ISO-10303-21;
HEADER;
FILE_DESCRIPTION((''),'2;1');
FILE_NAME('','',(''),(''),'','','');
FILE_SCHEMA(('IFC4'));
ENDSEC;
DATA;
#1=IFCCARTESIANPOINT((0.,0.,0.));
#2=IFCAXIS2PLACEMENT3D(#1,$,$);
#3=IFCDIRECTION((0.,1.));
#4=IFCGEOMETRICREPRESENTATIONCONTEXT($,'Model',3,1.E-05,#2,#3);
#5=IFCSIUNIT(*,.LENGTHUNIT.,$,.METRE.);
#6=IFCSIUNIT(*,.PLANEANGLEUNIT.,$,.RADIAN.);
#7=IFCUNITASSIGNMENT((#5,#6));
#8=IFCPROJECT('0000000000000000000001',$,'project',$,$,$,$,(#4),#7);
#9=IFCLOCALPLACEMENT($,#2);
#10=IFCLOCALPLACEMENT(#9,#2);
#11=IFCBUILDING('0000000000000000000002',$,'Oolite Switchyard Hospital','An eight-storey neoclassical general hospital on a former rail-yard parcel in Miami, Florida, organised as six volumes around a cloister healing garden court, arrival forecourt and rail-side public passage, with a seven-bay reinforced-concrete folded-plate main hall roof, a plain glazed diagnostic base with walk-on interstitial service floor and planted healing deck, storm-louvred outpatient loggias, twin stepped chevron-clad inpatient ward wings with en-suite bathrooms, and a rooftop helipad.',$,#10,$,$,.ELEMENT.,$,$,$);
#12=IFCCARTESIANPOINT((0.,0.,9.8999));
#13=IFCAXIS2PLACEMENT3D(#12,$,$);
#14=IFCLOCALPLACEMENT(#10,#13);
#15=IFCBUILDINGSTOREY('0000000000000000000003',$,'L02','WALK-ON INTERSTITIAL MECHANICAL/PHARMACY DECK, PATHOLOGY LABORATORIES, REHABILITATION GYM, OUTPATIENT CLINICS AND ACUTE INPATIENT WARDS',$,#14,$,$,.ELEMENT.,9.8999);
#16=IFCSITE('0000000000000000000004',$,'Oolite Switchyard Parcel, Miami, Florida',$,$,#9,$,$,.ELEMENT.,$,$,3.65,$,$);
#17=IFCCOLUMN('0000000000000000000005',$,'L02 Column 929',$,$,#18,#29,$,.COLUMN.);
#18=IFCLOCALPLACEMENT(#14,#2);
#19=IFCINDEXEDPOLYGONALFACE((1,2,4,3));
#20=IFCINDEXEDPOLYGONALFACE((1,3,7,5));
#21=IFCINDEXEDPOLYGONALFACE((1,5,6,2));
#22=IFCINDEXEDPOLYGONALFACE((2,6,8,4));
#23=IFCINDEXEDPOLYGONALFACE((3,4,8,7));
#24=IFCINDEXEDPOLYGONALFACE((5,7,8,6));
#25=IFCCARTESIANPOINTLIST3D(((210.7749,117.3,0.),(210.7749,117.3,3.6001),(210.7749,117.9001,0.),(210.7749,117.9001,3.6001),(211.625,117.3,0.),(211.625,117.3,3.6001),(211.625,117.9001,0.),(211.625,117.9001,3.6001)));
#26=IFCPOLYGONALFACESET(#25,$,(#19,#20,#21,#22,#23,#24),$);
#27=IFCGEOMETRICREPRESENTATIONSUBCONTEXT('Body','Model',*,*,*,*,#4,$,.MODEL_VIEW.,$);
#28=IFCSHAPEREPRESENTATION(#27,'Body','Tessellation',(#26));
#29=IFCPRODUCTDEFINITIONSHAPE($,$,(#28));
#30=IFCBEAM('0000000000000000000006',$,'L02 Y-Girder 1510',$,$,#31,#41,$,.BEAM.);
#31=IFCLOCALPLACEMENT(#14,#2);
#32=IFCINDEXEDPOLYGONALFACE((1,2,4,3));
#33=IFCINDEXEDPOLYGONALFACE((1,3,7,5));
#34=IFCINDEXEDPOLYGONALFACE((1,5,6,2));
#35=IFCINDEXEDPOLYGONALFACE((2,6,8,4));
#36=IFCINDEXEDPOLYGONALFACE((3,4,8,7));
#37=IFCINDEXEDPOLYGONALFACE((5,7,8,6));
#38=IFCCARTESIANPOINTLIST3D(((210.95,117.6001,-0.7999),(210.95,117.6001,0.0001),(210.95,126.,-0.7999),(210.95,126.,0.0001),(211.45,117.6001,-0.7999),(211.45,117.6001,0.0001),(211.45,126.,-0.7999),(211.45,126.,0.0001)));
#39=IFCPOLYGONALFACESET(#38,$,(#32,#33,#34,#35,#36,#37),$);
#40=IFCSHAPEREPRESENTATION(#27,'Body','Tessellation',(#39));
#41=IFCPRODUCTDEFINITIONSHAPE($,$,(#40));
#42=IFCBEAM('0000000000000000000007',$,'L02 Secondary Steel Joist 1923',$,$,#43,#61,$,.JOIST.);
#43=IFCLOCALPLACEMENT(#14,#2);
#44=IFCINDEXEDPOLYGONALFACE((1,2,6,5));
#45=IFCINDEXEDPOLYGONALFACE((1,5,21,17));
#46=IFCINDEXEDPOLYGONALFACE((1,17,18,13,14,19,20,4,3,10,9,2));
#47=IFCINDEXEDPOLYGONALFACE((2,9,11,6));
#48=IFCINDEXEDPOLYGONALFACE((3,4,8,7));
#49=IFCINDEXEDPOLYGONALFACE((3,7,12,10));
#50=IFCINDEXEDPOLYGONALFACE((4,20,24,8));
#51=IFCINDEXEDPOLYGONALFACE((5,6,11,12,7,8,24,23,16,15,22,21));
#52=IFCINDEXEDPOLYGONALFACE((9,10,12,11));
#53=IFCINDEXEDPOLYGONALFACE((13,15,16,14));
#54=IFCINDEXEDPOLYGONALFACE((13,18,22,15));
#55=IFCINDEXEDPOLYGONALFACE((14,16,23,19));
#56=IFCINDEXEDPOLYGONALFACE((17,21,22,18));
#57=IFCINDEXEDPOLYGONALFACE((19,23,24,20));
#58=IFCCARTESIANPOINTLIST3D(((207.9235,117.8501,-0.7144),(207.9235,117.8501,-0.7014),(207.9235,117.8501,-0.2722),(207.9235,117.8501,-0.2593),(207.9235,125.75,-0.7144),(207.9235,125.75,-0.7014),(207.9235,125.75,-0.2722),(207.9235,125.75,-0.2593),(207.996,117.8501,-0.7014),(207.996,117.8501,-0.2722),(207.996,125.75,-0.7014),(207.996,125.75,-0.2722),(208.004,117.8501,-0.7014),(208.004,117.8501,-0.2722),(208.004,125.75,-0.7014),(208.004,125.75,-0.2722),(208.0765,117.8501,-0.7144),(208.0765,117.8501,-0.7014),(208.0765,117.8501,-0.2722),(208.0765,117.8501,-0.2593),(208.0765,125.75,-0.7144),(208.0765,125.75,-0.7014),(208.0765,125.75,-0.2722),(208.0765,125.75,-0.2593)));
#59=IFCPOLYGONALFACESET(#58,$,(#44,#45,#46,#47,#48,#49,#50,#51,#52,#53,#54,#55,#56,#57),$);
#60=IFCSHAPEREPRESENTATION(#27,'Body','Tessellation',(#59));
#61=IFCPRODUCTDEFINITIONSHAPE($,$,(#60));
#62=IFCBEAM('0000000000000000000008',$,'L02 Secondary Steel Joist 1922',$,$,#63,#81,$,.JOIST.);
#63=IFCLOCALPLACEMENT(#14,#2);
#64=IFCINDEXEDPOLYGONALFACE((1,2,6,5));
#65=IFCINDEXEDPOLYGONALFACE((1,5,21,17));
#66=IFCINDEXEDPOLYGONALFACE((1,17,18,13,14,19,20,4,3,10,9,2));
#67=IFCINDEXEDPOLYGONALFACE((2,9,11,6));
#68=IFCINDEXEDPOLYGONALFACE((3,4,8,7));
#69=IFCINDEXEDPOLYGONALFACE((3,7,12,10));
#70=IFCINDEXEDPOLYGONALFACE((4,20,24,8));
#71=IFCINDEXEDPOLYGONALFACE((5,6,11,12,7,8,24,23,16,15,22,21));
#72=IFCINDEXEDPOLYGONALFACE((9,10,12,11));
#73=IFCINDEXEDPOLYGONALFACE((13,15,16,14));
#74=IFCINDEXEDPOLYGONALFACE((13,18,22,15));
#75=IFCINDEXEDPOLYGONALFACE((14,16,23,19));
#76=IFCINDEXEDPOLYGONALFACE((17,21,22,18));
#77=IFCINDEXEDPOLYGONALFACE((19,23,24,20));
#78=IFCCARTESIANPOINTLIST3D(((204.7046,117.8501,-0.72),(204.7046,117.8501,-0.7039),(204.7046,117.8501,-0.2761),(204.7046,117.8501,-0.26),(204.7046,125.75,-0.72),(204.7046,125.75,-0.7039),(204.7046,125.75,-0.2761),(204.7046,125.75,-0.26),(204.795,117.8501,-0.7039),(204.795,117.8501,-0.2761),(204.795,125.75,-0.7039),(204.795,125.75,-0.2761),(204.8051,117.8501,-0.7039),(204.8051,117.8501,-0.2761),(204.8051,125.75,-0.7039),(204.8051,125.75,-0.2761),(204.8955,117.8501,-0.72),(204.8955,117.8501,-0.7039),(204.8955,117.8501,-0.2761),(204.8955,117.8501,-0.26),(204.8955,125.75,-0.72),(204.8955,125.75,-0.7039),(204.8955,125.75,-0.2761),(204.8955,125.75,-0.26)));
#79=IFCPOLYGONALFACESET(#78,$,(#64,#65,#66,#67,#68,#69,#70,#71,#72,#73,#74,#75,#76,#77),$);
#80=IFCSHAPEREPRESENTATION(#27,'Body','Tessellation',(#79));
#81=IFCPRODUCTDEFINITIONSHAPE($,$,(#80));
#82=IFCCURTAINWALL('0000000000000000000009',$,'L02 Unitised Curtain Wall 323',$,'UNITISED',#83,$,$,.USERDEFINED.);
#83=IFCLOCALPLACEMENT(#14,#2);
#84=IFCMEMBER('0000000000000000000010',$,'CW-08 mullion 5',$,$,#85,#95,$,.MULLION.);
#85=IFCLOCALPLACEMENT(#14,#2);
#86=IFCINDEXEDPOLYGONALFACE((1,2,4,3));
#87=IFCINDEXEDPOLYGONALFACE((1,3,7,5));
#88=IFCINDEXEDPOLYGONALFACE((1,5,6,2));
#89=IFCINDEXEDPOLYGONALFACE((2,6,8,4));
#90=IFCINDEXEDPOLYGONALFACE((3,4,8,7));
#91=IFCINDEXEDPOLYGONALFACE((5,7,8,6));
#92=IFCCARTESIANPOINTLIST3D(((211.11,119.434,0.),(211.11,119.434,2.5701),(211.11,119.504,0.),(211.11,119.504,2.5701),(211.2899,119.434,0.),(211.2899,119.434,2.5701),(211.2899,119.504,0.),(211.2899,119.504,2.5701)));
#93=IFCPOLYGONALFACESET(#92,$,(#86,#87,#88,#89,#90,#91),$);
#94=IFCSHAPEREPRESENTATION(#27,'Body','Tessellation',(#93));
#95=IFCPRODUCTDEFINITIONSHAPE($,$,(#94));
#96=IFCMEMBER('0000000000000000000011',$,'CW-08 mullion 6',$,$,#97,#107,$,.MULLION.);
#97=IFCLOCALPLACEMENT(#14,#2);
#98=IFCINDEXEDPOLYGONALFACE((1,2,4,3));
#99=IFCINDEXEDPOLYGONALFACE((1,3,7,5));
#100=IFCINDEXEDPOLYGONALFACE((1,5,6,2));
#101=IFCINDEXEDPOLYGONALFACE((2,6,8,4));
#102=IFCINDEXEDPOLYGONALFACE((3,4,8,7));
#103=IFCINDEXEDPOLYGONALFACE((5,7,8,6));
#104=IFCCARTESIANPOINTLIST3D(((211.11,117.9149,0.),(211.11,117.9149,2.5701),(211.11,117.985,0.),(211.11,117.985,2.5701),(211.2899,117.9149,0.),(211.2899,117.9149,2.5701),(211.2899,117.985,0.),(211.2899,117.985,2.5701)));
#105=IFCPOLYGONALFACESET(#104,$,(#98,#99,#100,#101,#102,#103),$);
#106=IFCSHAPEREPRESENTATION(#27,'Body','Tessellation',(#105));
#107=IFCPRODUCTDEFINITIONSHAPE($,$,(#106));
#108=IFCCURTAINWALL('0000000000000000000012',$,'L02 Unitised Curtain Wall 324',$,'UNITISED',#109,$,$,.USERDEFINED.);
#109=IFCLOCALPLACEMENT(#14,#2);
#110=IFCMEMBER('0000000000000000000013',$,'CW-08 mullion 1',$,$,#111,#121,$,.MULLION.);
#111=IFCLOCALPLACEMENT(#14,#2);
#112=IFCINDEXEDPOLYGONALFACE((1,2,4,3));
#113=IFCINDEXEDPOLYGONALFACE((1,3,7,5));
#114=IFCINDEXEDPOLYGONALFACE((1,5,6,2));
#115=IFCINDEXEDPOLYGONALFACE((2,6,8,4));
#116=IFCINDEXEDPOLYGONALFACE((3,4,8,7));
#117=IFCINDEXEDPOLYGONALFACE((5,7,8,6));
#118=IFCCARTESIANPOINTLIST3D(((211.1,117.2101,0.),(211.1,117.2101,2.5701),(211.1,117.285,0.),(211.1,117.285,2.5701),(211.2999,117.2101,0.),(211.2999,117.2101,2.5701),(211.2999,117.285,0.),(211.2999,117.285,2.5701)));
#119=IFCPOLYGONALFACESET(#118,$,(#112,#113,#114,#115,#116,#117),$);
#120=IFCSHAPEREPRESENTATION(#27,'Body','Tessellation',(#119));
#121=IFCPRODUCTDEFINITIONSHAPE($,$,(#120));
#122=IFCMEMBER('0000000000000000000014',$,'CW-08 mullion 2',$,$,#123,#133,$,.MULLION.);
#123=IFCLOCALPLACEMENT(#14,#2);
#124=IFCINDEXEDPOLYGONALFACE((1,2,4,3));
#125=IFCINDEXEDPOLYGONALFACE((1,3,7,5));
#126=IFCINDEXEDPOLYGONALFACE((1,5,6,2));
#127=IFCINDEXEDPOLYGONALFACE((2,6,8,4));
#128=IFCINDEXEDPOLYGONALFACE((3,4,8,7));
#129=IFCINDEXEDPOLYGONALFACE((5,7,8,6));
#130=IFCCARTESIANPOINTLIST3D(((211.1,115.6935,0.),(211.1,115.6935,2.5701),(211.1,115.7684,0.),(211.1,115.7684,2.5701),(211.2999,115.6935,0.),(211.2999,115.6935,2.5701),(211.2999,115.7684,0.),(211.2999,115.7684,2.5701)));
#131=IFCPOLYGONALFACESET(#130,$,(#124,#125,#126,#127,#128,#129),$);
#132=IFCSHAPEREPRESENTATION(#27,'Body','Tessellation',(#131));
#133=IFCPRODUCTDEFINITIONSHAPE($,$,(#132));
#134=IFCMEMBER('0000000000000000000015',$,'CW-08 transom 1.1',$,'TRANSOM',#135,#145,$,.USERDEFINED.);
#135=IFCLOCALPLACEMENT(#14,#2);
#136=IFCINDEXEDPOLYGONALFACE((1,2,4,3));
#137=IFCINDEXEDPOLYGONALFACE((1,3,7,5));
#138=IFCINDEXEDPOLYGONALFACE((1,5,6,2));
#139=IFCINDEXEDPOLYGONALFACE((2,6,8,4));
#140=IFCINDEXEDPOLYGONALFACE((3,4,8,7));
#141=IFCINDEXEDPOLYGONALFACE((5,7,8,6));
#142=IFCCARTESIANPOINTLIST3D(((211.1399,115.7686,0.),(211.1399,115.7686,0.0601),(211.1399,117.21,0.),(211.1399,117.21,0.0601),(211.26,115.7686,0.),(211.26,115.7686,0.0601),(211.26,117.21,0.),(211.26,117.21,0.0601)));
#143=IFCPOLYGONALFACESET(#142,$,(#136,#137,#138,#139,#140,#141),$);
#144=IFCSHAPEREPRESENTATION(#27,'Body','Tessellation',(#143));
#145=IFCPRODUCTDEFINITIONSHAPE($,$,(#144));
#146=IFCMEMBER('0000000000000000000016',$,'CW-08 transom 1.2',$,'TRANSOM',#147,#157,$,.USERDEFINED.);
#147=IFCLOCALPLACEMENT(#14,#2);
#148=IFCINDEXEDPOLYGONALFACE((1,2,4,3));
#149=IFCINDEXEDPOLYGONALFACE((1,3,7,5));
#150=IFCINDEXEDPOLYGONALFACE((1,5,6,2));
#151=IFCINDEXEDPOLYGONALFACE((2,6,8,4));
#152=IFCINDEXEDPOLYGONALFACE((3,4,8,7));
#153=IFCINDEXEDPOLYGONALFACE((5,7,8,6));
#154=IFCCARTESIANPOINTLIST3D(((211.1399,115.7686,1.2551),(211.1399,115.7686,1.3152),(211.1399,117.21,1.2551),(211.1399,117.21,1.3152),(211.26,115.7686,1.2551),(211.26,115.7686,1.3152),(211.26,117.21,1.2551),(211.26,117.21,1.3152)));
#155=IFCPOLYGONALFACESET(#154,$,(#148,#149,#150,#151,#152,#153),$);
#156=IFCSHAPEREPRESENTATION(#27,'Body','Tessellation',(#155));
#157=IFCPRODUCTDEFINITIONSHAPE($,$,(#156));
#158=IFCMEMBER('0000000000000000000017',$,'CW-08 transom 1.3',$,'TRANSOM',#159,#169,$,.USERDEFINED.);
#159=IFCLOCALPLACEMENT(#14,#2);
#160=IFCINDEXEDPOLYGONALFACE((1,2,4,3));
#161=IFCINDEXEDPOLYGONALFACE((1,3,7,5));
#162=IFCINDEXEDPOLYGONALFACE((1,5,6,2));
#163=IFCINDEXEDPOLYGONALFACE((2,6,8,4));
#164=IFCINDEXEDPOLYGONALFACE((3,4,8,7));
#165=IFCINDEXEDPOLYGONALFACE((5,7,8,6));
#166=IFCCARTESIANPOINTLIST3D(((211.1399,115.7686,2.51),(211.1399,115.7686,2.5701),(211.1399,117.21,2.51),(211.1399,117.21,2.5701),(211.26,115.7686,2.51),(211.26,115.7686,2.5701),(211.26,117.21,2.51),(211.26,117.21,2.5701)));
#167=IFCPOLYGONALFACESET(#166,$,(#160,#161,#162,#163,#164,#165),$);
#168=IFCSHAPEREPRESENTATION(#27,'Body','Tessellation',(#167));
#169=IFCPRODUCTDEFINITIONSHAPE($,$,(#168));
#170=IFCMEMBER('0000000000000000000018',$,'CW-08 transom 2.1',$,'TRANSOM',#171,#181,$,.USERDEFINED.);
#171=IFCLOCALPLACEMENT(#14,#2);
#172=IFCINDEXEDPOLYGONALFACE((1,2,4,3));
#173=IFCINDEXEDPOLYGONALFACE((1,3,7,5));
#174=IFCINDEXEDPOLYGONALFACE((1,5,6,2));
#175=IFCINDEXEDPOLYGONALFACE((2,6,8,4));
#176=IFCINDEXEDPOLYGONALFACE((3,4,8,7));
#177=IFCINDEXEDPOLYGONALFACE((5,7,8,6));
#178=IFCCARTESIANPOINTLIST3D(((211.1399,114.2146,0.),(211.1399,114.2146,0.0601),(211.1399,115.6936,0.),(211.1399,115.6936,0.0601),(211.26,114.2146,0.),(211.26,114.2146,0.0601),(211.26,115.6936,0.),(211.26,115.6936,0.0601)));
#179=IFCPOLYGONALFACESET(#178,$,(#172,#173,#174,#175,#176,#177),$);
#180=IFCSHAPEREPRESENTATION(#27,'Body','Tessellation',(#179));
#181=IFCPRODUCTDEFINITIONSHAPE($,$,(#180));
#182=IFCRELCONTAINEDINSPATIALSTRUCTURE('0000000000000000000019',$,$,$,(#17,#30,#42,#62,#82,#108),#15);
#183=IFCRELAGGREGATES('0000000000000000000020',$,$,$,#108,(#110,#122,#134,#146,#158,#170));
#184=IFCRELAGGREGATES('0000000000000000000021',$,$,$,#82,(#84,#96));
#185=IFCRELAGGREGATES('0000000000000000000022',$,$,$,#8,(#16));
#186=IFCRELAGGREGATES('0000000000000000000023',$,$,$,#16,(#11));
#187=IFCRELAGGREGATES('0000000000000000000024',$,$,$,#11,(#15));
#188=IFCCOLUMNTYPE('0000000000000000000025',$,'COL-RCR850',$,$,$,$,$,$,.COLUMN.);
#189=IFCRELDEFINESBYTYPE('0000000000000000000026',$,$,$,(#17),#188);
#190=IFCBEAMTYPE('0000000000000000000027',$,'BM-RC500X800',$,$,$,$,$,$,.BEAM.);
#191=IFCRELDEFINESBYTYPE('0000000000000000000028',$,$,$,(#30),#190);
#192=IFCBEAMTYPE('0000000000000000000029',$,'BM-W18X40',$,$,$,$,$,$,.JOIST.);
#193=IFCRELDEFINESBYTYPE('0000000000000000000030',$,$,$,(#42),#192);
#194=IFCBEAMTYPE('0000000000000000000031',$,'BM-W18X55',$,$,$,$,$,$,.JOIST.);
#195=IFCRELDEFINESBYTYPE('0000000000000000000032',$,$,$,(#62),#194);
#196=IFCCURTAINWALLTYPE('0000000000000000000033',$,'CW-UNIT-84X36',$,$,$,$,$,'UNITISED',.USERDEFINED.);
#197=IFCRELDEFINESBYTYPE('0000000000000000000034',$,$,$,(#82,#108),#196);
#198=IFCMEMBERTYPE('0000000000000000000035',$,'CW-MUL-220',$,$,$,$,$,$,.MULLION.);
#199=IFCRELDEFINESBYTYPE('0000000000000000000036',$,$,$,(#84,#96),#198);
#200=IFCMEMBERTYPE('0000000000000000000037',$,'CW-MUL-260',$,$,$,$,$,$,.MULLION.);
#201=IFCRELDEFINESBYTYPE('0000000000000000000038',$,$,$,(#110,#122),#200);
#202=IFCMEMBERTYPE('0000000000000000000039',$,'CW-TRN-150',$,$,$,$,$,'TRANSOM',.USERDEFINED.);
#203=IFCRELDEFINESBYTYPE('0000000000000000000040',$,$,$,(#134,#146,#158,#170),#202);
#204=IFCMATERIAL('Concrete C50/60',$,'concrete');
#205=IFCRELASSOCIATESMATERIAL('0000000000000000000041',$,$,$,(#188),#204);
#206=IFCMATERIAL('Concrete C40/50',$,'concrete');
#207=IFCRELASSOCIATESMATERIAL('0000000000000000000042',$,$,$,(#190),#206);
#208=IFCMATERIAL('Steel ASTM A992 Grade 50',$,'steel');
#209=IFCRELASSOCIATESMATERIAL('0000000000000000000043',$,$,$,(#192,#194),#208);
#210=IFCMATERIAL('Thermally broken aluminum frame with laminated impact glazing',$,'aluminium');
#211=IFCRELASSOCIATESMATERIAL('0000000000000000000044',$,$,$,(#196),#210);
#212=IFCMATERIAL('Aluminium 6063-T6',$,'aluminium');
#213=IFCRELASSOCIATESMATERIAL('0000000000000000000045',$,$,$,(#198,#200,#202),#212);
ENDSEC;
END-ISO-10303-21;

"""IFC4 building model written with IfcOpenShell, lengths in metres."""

from ifc_helpers import new_model, si_unit, direction, frame, origin, origin_2d, place, context, subcontext, project, spatial, rectangle, i_section, extrude, material, material_profile, profile_set, type_object, element, aggregate, save


model = new_model("IFC4")

# Units and contexts
model_context = context("Model", 3, precision=1e-05, world=origin(), true_north=direction((0.0, 1.0)))
body_context = subcontext(model_context, "Body", "Model", "MODEL_VIEW")
ifc_project = project(units=[si_unit("LENGTHUNIT", "METRE"), si_unit("PLANEANGLEUNIT", "RADIAN")], contexts=[model_context])

# Site, building, storey
site_placement = place(None, origin())
site = spatial("IfcSite", under=ifc_project, at=site_placement, Name="Oolite Switchyard Parcel, Miami, Florida", CompositionType="ELEMENT", RefElevation=3.65)
building_placement = place(site_placement, origin())
building = spatial("IfcBuilding", under=site, at=building_placement, Name="Oolite Switchyard Hospital", Description="An eight-storey neoclassical general hospital on a former rail-yard parcel in Miami, Florida, organised as six volumes around a cloister healing garden court, arrival forecourt and rail-side public passage, with a seven-bay reinforced-concrete folded-plate main hall roof, a plain glazed diagnostic base with walk-on interstitial service floor and planted healing deck, storm-louvred outpatient loggias, twin stepped chevron-clad inpatient ward wings with en-suite bathrooms, and a rooftop helipad.", CompositionType="ELEMENT")
storey_placement = place(building_placement, frame((0.0, 0.0, 9.8999)))
storey = spatial("IfcBuildingStorey", under=building, at=storey_placement, Name="L02", Description="WALK-ON INTERSTITIAL MECHANICAL/PHARMACY DECK, PATHOLOGY LABORATORIES, REHABILITATION GYM, OUTPATIENT CLINICS AND ACUTE INPATIENT WARDS", CompositionType="ELEMENT", Elevation=9.8999)

# Column
ifc_material_1 = material(Name="Concrete C50/60", Category="concrete")
ifc_material_profile_1 = material_profile(ifc_material_1, rectangle(XDim=0.8501, YDim=0.6001, at=origin_2d()), Name="RC850X600")
ifc_profile_set_1 = profile_set([ifc_material_profile_1], Name="Concrete C50/60")
column_type = type_object("IfcColumnType", Name="COL-RCR850", PredefinedType="COLUMN", material=ifc_profile_set_1)
column_placement = place(storey_placement, frame((211.2, 117.6001, 0.0), z_axis=(0.0, 0.0, 1.0), x_axis=(1.0, 0.0, 0.0)))
element("IfcColumn", 1, at=column_placement, inside=storey, type_object=column_type, Name="L02 Column 929", PredefinedType="COLUMN", context=body_context, shape_type="SweptSolid", body=[
    extrude(rectangle(XDim=0.8501, YDim=0.6001, at=origin_2d()), origin(), (0.0, 0.0, 1.0), 3.6001),
])

# Beams
ifc_material_2 = material(Name="Concrete C40/50", Category="concrete")
ifc_material_profile_2 = material_profile(ifc_material_2, rectangle(XDim=0.5, YDim=0.8, at=origin_2d()), Name="RCB500X800")
ifc_profile_set_2 = profile_set([ifc_material_profile_2], Name="Concrete C40/50")
beam_type_1 = type_object("IfcBeamType", Name="BM-RC500X800", PredefinedType="BEAM", material=ifc_profile_set_2)
beam_1_placement = place(storey_placement, frame((211.2, 117.6001, -0.3999), z_axis=(0.0, 1.0, 0.0), x_axis=(-1.0, 0.0, 0.0)))
element("IfcBeam", 2, at=beam_1_placement, inside=storey, type_object=beam_type_1, Name="L02 Y-Girder 1510", PredefinedType="BEAM", context=body_context, shape_type="SweptSolid", body=[
    extrude(rectangle(XDim=0.5, YDim=0.8, at=origin_2d()), origin(), (0.0, 0.0, 1.0), 8.3999),
])
ifc_material_3 = material(Name="Steel ASTM A992 Grade 50", Category="steel")
ifc_material_profile_3 = material_profile(ifc_material_3, i_section(OverallWidth=0.1531, OverallDepth=0.4551, WebThickness=0.0081, FlangeThickness=0.0129, at=origin_2d()), Name="W18X40")
ifc_profile_set_3 = profile_set([ifc_material_profile_3], Name="Steel ASTM A992 Grade 50")
beam_type_2 = type_object("IfcBeamType", Name="BM-W18X40", PredefinedType="JOIST", material=ifc_profile_set_3)
beam_2_placement = place(storey_placement, frame((208.0, 117.8501, -0.4868), z_axis=(0.0, 1.0, 0.0), x_axis=(-1.0, 0.0, 0.0)))
element("IfcBeam", 3, at=beam_2_placement, inside=storey, type_object=beam_type_2, Name="L02 Secondary Steel Joist 1923", PredefinedType="JOIST", context=body_context, shape_type="SweptSolid", body=[
    extrude(i_section(OverallWidth=0.1531, OverallDepth=0.4551, WebThickness=0.0081, FlangeThickness=0.0129, at=origin_2d()), origin(), (0.0, 0.0, 1.0), 7.8999),
])
ifc_material_profile_4 = material_profile(ifc_material_3, i_section(OverallWidth=0.1909, OverallDepth=0.46, WebThickness=0.01, FlangeThickness=0.0161, at=origin_2d()), Name="W18X55")
ifc_profile_set_4 = profile_set([ifc_material_profile_4], Name="Steel ASTM A992 Grade 50")
beam_type_3 = type_object("IfcBeamType", Name="BM-W18X55", PredefinedType="JOIST", material=ifc_profile_set_4)
beam_3_placement = place(storey_placement, frame((204.8, 117.8501, -0.49), z_axis=(0.0, 1.0, 0.0), x_axis=(-1.0, 0.0, 0.0)))
element("IfcBeam", 4, at=beam_3_placement, inside=storey, type_object=beam_type_3, Name="L02 Secondary Steel Joist 1922", PredefinedType="JOIST", context=body_context, shape_type="SweptSolid", body=[
    extrude(i_section(OverallWidth=0.1909, OverallDepth=0.46, WebThickness=0.01, FlangeThickness=0.0161, at=origin_2d()), origin(), (0.0, 0.0, 1.0), 7.8999),
])

# Curtain walls, members
ifc_material_4 = material(Name="Thermally broken aluminum frame with laminated impact glazing", Category="aluminium")
curtain_wall_type = type_object("IfcCurtainWallType", Name="CW-UNIT-84X36", ElementType="UNITISED", PredefinedType="USERDEFINED", material=ifc_material_4)
curtain_wall_1_placement = place(storey_placement, origin())
curtain_wall_1 = element("IfcCurtainWall", 5, at=curtain_wall_1_placement, inside=storey, type_object=curtain_wall_type, Name="L02 Unitised Curtain Wall 323", ObjectType="UNITISED", PredefinedType="USERDEFINED")
ifc_material_5 = material(Name="Aluminium 6063-T6", Category="aluminium")
ifc_material_profile_5 = material_profile(ifc_material_5, rectangle(XDim=0.1799, YDim=0.0701, at=origin_2d()), Name="CWM70X180")
ifc_profile_set_5 = profile_set([ifc_material_profile_5], Name="Aluminium 6063-T6")
member_type_1 = type_object("IfcMemberType", Name="CW-MUL-220", PredefinedType="MULLION", material=ifc_profile_set_5)
member_1_placement = place(storey_placement, frame((211.2, 119.469, 0.0), z_axis=(0.0, 0.0, 1.0), x_axis=(1.0, 0.0, 0.0)))
member_1 = element("IfcMember", 6, at=member_1_placement, type_object=member_type_1, Name="CW-08 mullion 5", PredefinedType="MULLION", context=body_context, shape_type="SweptSolid", body=[
    extrude(rectangle(XDim=0.1799, YDim=0.0701, at=origin_2d()), origin(), (0.0, 0.0, 1.0), 2.5701),
])
member_2_placement = place(storey_placement, frame((211.2, 117.95, 0.0), z_axis=(0.0, 0.0, 1.0), x_axis=(1.0, 0.0, 0.0)))
member_2 = element("IfcMember", 7, at=member_2_placement, type_object=member_type_1, Name="CW-08 mullion 6", PredefinedType="MULLION", context=body_context, shape_type="SweptSolid", body=[
    extrude(rectangle(XDim=0.1799, YDim=0.0701, at=origin_2d()), origin(), (0.0, 0.0, 1.0), 2.5701),
])
curtain_wall_2_placement = place(storey_placement, origin())
curtain_wall_2 = element("IfcCurtainWall", 8, at=curtain_wall_2_placement, inside=storey, type_object=curtain_wall_type, Name="L02 Unitised Curtain Wall 324", ObjectType="UNITISED", PredefinedType="USERDEFINED")
ifc_material_profile_6 = material_profile(ifc_material_5, rectangle(XDim=0.2, YDim=0.075, at=origin_2d()), Name="CWM75X200")
ifc_profile_set_6 = profile_set([ifc_material_profile_6], Name="Aluminium 6063-T6")
member_type_2 = type_object("IfcMemberType", Name="CW-MUL-260", PredefinedType="MULLION", material=ifc_profile_set_6)
member_3_placement = place(storey_placement, frame((211.2, 117.2476, 0.0), z_axis=(0.0, 0.0, 1.0), x_axis=(1.0, 0.0, 0.0)))
member_3 = element("IfcMember", 9, at=member_3_placement, type_object=member_type_2, Name="CW-08 mullion 1", PredefinedType="MULLION", context=body_context, shape_type="SweptSolid", body=[
    extrude(rectangle(XDim=0.2, YDim=0.075, at=origin_2d()), origin(), (0.0, 0.0, 1.0), 2.5701),
])
member_4_placement = place(storey_placement, frame((211.2, 115.731, 0.0), z_axis=(0.0, 0.0, 1.0), x_axis=(1.0, 0.0, 0.0)))
member_4 = element("IfcMember", 10, at=member_4_placement, type_object=member_type_2, Name="CW-08 mullion 2", PredefinedType="MULLION", context=body_context, shape_type="SweptSolid", body=[
    extrude(rectangle(XDim=0.2, YDim=0.075, at=origin_2d()), origin(), (0.0, 0.0, 1.0), 2.5701),
])
ifc_material_profile_7 = material_profile(ifc_material_5, rectangle(XDim=0.1201, YDim=0.0601, at=origin_2d()), Name="CWT60X120")
ifc_profile_set_7 = profile_set([ifc_material_profile_7], Name="Aluminium 6063-T6")
member_type_3 = type_object("IfcMemberType", Name="CW-TRN-150", ElementType="TRANSOM", PredefinedType="USERDEFINED", material=ifc_profile_set_7)
member_5_placement = place(storey_placement, frame((211.2, 117.21, 0.03), z_axis=(0.0, -1.0, 0.0), x_axis=(1.0, 0.0, 0.0)))
member_5 = element("IfcMember", 11, at=member_5_placement, type_object=member_type_3, Name="CW-08 transom 1.1", ObjectType="TRANSOM", PredefinedType="USERDEFINED", context=body_context, shape_type="SweptSolid", body=[
    extrude(rectangle(XDim=0.1201, YDim=0.0601, at=origin_2d()), origin(), (0.0, 0.0, 1.0), 1.4414),
])
member_6_placement = place(storey_placement, frame((211.2, 117.21, 1.2852), z_axis=(0.0, -1.0, 0.0), x_axis=(1.0, 0.0, 0.0)))
member_6 = element("IfcMember", 12, at=member_6_placement, type_object=member_type_3, Name="CW-08 transom 1.2", ObjectType="TRANSOM", PredefinedType="USERDEFINED", context=body_context, shape_type="SweptSolid", body=[
    extrude(rectangle(XDim=0.1201, YDim=0.0601, at=origin_2d()), origin(), (0.0, 0.0, 1.0), 1.4414),
])
member_7_placement = place(storey_placement, frame((211.2, 117.21, 2.54), z_axis=(0.0, -1.0, 0.0), x_axis=(1.0, 0.0, 0.0)))
member_7 = element("IfcMember", 13, at=member_7_placement, type_object=member_type_3, Name="CW-08 transom 1.3", ObjectType="TRANSOM", PredefinedType="USERDEFINED", context=body_context, shape_type="SweptSolid", body=[
    extrude(rectangle(XDim=0.1201, YDim=0.0601, at=origin_2d()), origin(), (0.0, 0.0, 1.0), 1.4414),
])
member_8_placement = place(storey_placement, frame((211.2, 115.6936, 0.03), z_axis=(0.0, -1.0, 0.0), x_axis=(1.0, 0.0, 0.0)))
member_8 = element("IfcMember", 14, at=member_8_placement, type_object=member_type_3, Name="CW-08 transom 2.1", ObjectType="TRANSOM", PredefinedType="USERDEFINED", context=body_context, shape_type="SweptSolid", body=[
    extrude(rectangle(XDim=0.1201, YDim=0.0601, at=origin_2d()), origin(), (0.0, 0.0, 1.0), 1.479),
])

aggregate(curtain_wall_2, [member_3, member_4, member_5, member_6, member_7, member_8])
aggregate(curtain_wall_1, [member_1, member_2])

save(model, "model.ifc")
